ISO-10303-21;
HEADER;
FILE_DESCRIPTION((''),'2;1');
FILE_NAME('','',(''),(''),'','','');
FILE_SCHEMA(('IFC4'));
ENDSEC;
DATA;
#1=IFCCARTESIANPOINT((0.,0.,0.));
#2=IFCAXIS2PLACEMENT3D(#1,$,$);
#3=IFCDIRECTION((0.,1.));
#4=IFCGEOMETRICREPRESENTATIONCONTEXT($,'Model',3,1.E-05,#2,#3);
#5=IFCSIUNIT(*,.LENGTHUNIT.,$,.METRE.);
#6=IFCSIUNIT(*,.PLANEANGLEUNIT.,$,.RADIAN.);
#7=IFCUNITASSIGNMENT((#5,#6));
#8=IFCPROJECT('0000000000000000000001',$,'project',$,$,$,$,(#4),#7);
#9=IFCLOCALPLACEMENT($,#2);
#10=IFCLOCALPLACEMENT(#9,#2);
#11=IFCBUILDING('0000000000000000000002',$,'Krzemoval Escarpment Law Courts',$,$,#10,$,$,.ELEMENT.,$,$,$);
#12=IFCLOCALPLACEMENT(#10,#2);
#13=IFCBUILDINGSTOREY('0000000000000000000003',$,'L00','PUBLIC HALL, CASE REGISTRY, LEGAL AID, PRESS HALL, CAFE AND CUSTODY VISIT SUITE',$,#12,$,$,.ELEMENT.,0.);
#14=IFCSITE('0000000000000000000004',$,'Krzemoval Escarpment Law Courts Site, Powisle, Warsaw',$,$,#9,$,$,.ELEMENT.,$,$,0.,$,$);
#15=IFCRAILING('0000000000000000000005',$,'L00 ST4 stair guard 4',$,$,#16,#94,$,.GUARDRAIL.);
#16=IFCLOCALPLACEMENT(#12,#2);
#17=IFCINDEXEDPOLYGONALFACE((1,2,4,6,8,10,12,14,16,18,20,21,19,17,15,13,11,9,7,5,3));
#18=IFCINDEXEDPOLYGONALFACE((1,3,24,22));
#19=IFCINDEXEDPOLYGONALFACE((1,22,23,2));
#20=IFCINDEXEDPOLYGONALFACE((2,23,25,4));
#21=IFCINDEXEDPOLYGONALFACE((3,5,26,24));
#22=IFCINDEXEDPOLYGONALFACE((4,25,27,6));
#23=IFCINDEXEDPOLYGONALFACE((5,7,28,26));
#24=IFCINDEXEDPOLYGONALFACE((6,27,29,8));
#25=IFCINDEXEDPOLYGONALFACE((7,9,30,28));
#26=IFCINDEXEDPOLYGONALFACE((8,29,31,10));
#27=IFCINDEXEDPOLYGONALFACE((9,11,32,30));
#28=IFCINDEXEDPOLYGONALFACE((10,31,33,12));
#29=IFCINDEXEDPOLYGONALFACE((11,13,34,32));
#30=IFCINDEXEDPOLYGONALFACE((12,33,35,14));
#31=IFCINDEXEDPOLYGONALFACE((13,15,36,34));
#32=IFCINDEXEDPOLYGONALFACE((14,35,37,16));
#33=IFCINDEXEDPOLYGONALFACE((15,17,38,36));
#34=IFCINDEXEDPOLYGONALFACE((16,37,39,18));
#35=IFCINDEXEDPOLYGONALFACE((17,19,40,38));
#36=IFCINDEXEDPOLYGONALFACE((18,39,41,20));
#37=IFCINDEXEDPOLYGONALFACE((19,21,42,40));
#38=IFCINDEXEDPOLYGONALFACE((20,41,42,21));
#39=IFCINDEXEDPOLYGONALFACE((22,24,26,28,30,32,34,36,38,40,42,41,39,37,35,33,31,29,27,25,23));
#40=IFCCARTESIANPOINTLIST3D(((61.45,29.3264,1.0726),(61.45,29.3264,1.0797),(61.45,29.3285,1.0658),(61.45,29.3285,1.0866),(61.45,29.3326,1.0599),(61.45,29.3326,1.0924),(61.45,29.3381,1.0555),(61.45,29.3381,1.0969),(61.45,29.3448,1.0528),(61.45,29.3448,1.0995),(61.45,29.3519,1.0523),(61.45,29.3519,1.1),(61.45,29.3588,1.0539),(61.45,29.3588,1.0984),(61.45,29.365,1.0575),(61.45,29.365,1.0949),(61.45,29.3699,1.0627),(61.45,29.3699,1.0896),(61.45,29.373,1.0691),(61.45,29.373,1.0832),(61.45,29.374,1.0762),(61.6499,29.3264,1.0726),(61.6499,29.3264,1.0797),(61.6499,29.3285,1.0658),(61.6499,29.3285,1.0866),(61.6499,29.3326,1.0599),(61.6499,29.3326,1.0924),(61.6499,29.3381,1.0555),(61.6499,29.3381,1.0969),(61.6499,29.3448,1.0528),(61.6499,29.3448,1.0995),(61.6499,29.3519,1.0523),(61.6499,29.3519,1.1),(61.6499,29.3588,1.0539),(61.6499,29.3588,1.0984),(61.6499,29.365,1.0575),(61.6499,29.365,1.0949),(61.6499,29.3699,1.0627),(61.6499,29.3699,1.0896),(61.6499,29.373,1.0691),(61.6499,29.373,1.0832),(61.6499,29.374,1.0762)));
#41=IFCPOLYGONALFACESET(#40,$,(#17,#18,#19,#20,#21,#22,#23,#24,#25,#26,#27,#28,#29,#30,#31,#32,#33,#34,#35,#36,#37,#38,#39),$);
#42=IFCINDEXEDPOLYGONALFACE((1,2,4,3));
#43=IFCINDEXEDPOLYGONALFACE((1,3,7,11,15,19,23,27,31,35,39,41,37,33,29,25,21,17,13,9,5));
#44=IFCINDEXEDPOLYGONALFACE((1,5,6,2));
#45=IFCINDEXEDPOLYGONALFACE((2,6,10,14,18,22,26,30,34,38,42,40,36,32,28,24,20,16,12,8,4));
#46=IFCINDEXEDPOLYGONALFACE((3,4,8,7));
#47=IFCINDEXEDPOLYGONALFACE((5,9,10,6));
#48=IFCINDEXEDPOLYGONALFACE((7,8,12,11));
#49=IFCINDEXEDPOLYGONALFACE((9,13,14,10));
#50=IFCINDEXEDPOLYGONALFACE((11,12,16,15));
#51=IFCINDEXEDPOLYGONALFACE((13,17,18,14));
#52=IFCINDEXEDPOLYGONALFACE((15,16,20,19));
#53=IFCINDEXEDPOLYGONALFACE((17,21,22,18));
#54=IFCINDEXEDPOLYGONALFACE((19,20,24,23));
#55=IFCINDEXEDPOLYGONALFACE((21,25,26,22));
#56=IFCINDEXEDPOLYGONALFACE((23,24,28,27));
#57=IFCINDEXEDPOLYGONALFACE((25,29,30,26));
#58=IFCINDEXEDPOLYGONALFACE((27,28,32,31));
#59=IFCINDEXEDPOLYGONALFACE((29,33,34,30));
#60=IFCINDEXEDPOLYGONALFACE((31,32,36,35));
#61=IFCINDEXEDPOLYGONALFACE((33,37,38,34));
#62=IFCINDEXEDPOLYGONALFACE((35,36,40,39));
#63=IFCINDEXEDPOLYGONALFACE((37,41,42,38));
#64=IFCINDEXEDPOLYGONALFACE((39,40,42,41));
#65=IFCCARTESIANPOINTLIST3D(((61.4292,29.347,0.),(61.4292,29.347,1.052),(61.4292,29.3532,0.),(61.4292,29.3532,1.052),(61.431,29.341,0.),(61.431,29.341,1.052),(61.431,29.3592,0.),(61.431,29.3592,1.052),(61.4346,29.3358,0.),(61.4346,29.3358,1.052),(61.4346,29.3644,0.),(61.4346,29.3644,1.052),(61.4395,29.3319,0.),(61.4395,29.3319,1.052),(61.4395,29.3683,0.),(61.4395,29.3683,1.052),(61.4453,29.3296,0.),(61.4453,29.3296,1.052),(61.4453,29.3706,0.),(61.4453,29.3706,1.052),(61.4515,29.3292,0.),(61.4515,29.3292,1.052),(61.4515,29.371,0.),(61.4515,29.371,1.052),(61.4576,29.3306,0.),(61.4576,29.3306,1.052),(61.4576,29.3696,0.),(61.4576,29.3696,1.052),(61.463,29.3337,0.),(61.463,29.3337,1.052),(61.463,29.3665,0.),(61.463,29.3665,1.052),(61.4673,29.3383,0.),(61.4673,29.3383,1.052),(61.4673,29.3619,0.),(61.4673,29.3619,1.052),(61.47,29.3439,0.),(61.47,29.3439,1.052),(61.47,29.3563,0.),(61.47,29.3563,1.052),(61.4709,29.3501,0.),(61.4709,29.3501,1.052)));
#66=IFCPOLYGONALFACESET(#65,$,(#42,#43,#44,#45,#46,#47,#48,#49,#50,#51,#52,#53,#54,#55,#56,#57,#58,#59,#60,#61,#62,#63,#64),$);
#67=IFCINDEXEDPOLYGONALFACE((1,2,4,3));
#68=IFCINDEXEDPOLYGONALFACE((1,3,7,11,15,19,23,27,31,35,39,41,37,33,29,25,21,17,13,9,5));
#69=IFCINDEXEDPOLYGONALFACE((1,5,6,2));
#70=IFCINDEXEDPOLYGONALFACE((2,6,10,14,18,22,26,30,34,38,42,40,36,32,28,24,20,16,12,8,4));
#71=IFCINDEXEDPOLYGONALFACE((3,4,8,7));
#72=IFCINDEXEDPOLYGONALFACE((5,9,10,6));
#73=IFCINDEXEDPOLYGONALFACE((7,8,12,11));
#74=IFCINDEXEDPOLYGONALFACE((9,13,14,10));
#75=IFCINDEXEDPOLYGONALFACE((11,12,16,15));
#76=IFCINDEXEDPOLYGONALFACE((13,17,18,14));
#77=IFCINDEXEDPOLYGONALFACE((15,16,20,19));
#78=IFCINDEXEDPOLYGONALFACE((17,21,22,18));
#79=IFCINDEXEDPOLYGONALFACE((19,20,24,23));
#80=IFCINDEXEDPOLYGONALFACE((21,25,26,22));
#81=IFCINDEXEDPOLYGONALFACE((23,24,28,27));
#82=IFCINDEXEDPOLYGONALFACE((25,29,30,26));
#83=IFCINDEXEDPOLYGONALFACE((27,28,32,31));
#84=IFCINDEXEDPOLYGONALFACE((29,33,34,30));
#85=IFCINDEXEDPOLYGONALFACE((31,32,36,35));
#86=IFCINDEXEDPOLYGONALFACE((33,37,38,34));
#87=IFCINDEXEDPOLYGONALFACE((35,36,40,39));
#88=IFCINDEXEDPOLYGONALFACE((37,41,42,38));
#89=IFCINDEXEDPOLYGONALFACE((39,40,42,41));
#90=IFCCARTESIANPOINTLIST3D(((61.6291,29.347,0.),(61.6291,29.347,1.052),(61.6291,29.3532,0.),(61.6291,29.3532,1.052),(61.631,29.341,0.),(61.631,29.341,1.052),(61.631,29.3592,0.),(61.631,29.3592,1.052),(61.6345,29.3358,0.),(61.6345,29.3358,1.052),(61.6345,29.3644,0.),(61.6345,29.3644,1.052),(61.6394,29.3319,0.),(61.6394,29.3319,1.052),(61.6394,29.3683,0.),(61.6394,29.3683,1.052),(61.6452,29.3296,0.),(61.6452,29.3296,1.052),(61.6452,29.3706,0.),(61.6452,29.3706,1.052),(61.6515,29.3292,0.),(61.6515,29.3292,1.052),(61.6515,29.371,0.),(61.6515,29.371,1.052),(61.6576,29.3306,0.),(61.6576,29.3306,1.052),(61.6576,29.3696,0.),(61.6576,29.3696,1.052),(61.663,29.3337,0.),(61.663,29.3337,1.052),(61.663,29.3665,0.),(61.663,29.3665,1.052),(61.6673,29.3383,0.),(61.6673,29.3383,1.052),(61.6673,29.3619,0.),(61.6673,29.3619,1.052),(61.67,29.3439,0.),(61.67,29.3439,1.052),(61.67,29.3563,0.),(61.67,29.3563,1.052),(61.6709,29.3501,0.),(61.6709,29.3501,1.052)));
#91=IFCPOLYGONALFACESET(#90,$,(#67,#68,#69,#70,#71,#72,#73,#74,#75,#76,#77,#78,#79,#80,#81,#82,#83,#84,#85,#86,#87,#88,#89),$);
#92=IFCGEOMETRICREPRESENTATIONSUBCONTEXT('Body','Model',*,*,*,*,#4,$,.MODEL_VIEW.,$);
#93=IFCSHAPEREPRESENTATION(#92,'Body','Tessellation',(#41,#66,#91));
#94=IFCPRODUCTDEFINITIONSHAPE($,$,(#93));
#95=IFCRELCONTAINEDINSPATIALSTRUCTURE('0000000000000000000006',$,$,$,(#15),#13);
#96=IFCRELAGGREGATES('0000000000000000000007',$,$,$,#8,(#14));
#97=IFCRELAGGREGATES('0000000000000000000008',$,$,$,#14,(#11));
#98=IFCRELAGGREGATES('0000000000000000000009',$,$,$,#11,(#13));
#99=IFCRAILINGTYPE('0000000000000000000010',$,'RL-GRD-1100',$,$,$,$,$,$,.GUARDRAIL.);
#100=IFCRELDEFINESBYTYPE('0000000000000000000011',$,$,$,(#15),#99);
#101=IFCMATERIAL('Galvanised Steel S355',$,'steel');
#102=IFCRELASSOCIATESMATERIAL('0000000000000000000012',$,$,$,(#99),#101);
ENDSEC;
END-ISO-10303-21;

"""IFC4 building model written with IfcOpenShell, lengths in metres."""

from ifc_helpers import new_model, si_unit, direction, frame, origin, origin_2d, place, context, subcontext, project, spatial, circle, extrude, material, type_object, element, save


model = new_model("IFC4")

# Units and contexts
model_context = context("Model", 3, precision=1e-05, world=origin(), true_north=direction((0.0, 1.0)))
body_context = subcontext(model_context, "Body", "Model", "MODEL_VIEW")
ifc_project = project(units=[si_unit("LENGTHUNIT", "METRE"), si_unit("PLANEANGLEUNIT", "RADIAN")], contexts=[model_context])

# Site, building, storey
site_placement = place(None, origin())
site = spatial("IfcSite", under=ifc_project, at=site_placement, Name="Krzemoval Escarpment Law Courts Site, Powisle, Warsaw", CompositionType="ELEMENT", RefElevation=0.0)
building_placement = place(site_placement, origin())
building = spatial("IfcBuilding", under=site, at=building_placement, Name="Krzemoval Escarpment Law Courts", CompositionType="ELEMENT")
storey_placement = place(building_placement, origin())
storey = spatial("IfcBuildingStorey", under=building, at=storey_placement, Name="L00", Description="PUBLIC HALL, CASE REGISTRY, LEGAL AID, PRESS HALL, CAFE AND CUSTODY VISIT SUITE", CompositionType="ELEMENT", Elevation=0.0)

# Railing
ifc_material_1 = material(Name="Galvanised Steel S355", Category="steel")
railing_type_1 = type_object("IfcRailingType", Name="RL-GRD-1100", PredefinedType="GUARDRAIL", material=ifc_material_1)
railing_1_placement = place(storey_placement, frame((61.45, 29.3501, 0.0)))
element("IfcRailing", 1, at=railing_1_placement, inside=storey, type_object=railing_type_1, Name="L00 ST4 stair guard 4", PredefinedType="GUARDRAIL", context=body_context, shape_type="SweptSolid", body=[
    extrude(circle(Radius=0.0239, at=origin_2d()), frame((0.0, 0.0, 1.0762), z_axis=(1.0, 0.0, 0.0), x_axis=(0.0, 1.0, 0.0)), (0.0, 0.0, 1.0), 0.2),
    extrude(circle(Radius=0.021, at=origin_2d()), origin(), (0.0, 0.0, 1.0), 1.052),
    extrude(circle(Radius=0.021, at=origin_2d()), frame((0.2, 0.0, 0.0)), (0.0, 0.0, 1.0), 1.052),
])

save(model, "model.ifc")
